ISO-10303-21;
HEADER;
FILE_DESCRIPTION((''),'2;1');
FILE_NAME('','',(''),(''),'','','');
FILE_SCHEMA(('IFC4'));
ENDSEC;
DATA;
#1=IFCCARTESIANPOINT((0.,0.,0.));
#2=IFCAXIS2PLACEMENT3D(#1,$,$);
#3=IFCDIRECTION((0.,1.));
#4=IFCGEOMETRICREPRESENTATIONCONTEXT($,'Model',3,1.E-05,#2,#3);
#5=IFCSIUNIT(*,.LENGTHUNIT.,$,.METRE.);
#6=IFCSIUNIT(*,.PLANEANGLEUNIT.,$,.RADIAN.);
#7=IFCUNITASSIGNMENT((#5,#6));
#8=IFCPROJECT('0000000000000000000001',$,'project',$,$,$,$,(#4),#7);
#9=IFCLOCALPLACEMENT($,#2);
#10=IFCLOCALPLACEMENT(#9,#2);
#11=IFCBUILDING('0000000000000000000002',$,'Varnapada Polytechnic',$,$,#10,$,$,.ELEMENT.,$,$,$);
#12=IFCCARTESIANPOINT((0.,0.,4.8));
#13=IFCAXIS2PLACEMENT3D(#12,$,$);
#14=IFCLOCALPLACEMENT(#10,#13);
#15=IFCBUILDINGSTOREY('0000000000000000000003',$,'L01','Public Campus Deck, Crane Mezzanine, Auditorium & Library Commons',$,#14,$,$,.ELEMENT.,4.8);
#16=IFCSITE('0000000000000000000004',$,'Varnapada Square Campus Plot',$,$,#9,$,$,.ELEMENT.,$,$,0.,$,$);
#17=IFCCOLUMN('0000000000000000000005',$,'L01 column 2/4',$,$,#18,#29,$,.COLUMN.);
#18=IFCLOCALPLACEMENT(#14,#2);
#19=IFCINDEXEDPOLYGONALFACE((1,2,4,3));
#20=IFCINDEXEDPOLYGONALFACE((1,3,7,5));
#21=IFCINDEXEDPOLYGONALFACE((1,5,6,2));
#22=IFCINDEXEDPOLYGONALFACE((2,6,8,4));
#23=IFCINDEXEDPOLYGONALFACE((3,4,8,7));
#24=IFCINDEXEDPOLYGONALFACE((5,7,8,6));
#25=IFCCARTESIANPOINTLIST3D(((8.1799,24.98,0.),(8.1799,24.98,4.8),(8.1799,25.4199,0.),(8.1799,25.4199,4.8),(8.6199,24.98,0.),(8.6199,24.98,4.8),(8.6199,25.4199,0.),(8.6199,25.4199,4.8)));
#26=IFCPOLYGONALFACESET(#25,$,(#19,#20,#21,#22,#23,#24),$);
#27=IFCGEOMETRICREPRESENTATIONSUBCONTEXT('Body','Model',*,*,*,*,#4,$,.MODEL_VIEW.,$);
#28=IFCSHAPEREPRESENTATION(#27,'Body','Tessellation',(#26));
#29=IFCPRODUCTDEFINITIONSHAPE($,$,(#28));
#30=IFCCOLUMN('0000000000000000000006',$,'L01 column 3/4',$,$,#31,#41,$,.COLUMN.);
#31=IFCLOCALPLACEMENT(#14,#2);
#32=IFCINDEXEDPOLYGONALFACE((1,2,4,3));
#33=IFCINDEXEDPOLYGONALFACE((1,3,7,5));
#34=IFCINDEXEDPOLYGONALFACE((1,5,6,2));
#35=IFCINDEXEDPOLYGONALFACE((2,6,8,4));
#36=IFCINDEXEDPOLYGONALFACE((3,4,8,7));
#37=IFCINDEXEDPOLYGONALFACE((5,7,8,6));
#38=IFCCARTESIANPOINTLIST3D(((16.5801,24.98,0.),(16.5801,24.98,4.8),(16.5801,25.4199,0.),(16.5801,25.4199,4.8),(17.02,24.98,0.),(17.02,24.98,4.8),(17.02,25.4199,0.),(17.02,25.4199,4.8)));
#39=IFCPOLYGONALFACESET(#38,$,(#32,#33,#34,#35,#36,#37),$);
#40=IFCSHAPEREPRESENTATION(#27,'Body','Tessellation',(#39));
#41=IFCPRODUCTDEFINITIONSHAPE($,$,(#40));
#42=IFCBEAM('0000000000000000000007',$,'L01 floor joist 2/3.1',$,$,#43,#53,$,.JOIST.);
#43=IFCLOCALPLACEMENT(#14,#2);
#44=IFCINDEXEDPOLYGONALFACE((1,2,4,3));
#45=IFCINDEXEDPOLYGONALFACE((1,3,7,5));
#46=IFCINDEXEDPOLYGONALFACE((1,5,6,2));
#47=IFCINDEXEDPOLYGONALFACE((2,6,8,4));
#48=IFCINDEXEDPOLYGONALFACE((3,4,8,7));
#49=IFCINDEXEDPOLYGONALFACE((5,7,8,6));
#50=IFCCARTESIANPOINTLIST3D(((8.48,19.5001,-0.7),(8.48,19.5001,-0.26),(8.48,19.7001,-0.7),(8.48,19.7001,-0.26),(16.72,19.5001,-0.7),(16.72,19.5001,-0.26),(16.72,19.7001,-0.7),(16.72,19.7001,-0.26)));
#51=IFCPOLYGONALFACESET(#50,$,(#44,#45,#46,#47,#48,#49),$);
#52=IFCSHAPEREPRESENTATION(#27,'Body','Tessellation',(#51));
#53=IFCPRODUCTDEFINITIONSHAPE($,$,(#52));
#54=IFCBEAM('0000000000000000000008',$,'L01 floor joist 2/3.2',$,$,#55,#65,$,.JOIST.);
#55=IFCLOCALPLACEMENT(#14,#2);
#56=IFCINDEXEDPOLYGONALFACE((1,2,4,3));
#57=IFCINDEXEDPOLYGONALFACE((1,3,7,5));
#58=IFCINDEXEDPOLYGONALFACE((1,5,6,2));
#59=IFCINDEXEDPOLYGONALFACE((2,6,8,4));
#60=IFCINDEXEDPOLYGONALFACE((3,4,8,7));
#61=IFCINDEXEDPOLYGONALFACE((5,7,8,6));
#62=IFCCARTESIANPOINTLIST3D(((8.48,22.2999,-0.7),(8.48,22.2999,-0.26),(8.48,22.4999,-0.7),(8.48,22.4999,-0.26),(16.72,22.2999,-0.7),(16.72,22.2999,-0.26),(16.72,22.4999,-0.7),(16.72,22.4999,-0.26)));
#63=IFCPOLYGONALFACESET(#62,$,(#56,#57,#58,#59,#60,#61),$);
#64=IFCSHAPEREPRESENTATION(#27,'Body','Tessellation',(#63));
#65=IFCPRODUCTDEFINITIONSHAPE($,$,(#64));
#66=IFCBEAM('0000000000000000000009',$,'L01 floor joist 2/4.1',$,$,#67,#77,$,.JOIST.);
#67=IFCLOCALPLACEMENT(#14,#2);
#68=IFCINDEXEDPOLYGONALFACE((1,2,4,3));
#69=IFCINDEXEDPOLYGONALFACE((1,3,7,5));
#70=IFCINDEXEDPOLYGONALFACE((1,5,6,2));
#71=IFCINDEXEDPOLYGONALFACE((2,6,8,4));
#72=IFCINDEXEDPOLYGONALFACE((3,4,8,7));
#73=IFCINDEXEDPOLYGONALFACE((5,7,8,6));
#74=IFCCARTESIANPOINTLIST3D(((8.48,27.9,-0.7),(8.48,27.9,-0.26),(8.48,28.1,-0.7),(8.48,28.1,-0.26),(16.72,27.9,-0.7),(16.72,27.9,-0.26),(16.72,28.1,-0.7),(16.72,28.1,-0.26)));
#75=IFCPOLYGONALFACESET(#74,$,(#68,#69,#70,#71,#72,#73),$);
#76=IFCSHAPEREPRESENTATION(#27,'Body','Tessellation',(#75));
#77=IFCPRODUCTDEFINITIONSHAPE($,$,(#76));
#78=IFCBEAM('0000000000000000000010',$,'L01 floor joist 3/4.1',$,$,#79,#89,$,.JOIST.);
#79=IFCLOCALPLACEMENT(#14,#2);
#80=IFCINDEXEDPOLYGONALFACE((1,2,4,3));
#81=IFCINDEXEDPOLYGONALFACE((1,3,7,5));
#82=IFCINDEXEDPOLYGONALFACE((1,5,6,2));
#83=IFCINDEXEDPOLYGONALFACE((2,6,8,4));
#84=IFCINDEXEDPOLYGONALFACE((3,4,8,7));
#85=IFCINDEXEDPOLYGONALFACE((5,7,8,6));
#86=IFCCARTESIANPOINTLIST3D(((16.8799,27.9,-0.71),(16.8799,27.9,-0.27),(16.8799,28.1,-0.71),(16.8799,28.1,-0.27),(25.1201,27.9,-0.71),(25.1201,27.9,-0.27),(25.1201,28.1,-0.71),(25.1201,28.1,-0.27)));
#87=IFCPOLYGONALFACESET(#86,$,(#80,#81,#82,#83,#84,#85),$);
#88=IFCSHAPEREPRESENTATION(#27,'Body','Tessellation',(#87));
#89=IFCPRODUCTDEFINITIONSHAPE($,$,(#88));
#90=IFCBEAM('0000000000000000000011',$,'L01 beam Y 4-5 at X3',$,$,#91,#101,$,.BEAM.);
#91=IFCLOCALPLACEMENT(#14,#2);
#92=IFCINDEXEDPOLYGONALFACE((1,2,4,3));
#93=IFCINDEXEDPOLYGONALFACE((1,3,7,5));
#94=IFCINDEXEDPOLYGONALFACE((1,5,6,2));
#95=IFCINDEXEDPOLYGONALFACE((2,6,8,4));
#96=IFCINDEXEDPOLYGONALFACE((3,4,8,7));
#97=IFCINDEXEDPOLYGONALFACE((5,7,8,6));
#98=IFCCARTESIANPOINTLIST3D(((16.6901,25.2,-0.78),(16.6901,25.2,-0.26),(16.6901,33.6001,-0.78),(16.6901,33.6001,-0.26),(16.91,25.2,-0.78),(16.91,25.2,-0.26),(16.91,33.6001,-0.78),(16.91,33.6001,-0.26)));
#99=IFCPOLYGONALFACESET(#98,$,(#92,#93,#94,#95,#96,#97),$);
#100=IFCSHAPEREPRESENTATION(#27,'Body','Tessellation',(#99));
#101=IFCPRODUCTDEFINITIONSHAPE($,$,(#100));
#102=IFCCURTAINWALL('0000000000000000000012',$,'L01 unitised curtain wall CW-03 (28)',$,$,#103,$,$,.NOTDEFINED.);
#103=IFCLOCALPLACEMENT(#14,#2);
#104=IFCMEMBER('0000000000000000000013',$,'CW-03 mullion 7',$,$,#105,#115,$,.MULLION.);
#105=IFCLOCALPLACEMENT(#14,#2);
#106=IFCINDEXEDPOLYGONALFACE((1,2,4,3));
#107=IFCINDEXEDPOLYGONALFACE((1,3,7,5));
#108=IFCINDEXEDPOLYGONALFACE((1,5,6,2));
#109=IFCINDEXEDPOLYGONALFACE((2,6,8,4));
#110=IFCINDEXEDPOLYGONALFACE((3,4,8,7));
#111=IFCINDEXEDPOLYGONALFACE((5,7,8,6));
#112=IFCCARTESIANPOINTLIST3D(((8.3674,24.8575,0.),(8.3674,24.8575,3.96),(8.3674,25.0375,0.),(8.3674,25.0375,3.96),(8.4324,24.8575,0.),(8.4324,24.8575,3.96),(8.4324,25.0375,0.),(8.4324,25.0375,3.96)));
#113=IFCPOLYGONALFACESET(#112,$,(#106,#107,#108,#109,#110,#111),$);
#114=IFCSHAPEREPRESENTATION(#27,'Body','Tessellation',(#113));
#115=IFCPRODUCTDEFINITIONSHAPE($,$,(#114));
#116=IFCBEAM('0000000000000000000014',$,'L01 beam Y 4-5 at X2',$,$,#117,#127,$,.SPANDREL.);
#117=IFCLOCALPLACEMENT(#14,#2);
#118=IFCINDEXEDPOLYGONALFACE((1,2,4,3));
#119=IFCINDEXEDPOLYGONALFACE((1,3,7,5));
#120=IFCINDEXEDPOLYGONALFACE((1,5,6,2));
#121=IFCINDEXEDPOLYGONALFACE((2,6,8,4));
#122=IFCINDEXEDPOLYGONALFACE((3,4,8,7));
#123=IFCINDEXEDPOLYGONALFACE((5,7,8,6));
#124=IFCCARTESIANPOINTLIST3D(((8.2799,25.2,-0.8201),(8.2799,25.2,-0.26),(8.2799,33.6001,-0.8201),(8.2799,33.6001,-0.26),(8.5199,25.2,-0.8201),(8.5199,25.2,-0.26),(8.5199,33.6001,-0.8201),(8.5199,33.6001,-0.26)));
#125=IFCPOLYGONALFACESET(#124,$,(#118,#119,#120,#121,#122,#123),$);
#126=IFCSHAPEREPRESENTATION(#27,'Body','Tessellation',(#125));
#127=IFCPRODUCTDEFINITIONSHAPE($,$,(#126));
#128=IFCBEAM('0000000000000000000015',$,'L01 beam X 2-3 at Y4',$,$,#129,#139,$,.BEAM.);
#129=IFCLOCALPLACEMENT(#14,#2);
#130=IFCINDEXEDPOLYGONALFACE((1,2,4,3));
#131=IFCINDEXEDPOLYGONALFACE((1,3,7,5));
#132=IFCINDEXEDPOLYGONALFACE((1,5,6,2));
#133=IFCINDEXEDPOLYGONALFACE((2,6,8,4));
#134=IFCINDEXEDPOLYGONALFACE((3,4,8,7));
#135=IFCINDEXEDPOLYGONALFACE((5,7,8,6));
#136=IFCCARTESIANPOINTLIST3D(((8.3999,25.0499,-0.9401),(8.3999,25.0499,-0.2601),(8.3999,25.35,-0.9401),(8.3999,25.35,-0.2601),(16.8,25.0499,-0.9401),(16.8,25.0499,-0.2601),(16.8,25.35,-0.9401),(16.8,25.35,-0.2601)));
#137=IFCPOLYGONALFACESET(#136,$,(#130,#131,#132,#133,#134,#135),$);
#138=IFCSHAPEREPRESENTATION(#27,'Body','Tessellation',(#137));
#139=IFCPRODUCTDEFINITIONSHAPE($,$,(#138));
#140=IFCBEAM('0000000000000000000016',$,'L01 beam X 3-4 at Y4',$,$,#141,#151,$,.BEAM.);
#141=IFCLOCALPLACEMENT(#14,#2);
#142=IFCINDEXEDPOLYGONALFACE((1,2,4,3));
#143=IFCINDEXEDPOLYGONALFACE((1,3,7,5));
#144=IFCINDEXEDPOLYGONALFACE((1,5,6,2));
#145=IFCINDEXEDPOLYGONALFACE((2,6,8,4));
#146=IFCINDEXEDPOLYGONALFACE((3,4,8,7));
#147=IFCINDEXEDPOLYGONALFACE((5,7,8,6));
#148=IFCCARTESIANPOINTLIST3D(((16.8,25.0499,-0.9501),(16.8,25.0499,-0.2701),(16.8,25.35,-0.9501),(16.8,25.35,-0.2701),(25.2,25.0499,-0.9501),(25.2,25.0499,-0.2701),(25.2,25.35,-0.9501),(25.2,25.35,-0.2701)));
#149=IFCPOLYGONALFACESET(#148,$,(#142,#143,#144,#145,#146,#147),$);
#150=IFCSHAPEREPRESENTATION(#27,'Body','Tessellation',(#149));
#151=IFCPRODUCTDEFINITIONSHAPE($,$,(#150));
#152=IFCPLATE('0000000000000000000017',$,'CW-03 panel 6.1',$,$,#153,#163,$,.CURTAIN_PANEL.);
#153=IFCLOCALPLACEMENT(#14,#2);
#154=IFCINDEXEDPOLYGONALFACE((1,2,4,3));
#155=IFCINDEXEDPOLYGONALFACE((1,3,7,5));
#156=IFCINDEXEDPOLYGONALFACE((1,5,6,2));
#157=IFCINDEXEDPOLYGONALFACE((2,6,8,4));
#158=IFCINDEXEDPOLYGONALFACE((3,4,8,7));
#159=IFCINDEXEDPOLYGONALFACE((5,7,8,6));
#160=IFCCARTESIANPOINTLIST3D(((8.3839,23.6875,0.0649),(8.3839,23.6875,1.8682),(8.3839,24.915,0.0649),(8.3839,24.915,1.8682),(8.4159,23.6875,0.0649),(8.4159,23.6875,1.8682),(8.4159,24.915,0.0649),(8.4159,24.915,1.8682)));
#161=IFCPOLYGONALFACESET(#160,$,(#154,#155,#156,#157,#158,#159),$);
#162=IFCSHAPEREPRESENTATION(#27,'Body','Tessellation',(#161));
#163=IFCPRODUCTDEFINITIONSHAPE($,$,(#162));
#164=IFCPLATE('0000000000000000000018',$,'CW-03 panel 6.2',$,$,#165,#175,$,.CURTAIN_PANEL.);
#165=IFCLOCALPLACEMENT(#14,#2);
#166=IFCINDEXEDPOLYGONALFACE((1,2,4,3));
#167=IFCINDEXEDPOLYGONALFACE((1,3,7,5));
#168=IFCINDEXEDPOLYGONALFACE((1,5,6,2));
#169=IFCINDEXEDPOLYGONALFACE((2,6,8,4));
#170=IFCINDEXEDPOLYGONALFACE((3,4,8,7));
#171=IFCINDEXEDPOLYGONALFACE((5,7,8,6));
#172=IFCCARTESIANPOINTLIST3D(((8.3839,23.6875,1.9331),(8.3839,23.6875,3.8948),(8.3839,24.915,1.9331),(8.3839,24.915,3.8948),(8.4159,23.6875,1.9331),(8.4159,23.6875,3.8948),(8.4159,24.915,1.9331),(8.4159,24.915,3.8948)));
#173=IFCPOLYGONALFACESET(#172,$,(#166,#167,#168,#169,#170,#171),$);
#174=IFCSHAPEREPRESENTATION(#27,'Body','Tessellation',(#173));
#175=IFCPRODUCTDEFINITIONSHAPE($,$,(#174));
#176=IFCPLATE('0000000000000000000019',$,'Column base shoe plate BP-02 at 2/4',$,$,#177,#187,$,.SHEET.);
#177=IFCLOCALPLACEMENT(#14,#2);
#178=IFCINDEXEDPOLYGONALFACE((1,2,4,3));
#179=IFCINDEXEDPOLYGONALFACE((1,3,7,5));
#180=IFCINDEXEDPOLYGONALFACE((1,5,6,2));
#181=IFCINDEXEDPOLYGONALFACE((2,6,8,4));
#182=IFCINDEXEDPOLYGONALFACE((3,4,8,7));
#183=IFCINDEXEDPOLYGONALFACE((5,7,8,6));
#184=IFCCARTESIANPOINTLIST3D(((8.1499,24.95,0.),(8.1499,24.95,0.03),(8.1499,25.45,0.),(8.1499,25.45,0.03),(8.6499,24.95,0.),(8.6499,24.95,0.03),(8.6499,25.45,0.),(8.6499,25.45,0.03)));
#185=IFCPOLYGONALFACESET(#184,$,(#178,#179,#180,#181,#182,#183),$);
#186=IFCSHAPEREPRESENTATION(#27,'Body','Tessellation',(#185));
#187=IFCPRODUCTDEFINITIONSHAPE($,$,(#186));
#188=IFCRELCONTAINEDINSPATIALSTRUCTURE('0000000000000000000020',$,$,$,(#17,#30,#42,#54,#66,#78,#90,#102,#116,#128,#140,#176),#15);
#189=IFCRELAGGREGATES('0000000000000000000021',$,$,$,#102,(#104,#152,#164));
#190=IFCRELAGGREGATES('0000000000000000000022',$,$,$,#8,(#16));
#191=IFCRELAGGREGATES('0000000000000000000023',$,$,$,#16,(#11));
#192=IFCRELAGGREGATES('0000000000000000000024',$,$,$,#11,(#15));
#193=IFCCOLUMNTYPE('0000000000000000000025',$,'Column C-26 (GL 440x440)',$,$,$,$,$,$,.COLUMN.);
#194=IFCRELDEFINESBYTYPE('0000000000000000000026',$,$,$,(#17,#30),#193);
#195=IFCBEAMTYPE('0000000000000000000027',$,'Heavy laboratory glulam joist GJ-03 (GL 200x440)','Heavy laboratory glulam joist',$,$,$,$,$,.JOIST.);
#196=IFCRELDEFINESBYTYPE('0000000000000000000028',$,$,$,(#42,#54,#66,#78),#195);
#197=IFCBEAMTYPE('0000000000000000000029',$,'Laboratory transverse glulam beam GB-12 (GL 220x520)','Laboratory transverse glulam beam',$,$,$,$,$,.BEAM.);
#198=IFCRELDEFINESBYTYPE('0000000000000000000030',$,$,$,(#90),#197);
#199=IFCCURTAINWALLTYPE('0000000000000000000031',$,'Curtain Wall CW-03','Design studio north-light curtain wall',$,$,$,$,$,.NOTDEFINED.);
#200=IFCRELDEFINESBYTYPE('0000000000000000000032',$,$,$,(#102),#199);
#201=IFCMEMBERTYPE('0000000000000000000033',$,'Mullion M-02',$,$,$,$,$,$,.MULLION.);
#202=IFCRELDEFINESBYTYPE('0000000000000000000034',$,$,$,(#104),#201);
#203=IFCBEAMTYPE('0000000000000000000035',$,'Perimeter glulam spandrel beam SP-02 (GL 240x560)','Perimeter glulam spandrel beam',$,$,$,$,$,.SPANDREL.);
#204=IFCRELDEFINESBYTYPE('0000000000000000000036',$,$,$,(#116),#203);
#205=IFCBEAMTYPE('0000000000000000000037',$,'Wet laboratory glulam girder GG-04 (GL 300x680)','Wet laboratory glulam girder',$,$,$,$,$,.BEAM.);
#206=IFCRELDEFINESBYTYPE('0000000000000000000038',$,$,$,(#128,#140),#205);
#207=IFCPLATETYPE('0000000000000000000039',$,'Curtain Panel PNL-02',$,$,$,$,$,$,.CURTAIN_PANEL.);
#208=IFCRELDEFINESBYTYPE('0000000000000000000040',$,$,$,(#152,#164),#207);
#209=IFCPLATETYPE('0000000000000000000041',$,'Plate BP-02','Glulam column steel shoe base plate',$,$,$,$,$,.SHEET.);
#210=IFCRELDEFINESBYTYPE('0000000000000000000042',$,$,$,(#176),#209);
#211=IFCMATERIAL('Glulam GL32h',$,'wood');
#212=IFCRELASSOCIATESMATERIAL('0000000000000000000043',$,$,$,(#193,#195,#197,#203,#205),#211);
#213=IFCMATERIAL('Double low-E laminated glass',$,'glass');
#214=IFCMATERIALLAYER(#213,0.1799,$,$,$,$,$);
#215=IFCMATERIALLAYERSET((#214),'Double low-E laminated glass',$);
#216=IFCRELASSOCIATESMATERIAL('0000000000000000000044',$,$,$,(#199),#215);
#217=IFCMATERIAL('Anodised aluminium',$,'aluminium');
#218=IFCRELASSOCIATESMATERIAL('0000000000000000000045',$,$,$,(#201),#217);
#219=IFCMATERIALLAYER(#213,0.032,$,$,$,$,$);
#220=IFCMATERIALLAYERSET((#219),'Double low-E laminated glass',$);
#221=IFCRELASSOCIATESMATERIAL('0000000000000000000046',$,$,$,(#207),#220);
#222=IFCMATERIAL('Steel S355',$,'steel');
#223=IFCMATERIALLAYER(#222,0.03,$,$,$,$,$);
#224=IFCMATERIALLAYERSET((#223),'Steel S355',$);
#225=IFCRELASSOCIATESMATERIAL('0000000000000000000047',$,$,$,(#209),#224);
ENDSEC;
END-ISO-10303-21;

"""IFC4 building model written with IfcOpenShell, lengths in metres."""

from ifc_helpers import new_model, si_unit, direction, frame, origin, origin_2d, place, context, subcontext, project, spatial, rectangle, extrude, material, layer, layer_set, material_profile, profile_set, type_object, element, aggregate, save


model = new_model("IFC4")

# Units and contexts
model_context = context("Model", 3, precision=1e-05, world=origin(), true_north=direction((0.0, 1.0)))
body_context = subcontext(model_context, "Body", "Model", "MODEL_VIEW")
ifc_project = project(units=[si_unit("LENGTHUNIT", "METRE"), si_unit("PLANEANGLEUNIT", "RADIAN")], contexts=[model_context])

# Site, building, storey
site_placement = place(None, origin())
site = spatial("IfcSite", under=ifc_project, at=site_placement, Name="Varnapada Square Campus Plot", CompositionType="ELEMENT", RefElevation=0.0)
building_placement = place(site_placement, origin())
building = spatial("IfcBuilding", under=site, at=building_placement, Name="Varnapada Polytechnic", CompositionType="ELEMENT")
storey_placement = place(building_placement, frame((0.0, 0.0, 4.8)))
storey = spatial("IfcBuildingStorey", under=building, at=storey_placement, Name="L01", Description="Public Campus Deck, Crane Mezzanine, Auditorium & Library Commons", CompositionType="ELEMENT", Elevation=4.8)

# Columns
ifc_material_1 = material(Name="Glulam GL32h", Category="wood")
ifc_material_profile_1 = material_profile(ifc_material_1, rectangle(XDim=0.4399, YDim=0.4399, at=origin_2d()), Name="GL 440x440")
ifc_profile_set_1 = profile_set([ifc_material_profile_1], Name="Glulam GL32h")
column_type = type_object("IfcColumnType", Name="Column C-26 (GL 440x440)", PredefinedType="COLUMN", material=ifc_profile_set_1)
for number, where, z_axis, x_axis, name in (
    (1, (8.3999, 25.2, 0.0), (0.0, 0.0, 1.0), (1.0, 0.0, 0.0), "L01 column 2/4"),
    (2, (16.8, 25.2, 0.0), (0.0, 0.0, 1.0), (1.0, 0.0, 0.0), "L01 column 3/4"),
):
    element("IfcColumn", number, at=place(storey_placement, frame(where, z_axis=z_axis, x_axis=x_axis)), inside=storey, type_object=column_type, Name=name, PredefinedType="COLUMN", context=body_context, shape_type="SweptSolid", body=[
        extrude(rectangle(XDim=0.4399, YDim=0.4399, at=origin_2d()), origin(), (0.0, 0.0, 1.0), 4.8),
    ])

# Beams
ifc_material_profile_2 = material_profile(ifc_material_1, rectangle(XDim=0.2, YDim=0.4399, at=origin_2d()), Name="GL 200x440")
ifc_profile_set_2 = profile_set([ifc_material_profile_2], Name="Glulam GL32h")
beam_type_1 = type_object("IfcBeamType", Name="Heavy laboratory glulam joist GJ-03 (GL 200x440)", Description="Heavy laboratory glulam joist", PredefinedType="JOIST", material=ifc_profile_set_2)
for number, where, z_axis, x_axis, name in (
    (3, (8.48, 19.6001, -0.48), (1.0, 0.0, 0.0), (0.0, 1.0, 0.0), "L01 floor joist 2/3.1"),
    (4, (8.48, 22.3999, -0.48), (1.0, 0.0, 0.0), (0.0, 1.0, 0.0), "L01 floor joist 2/3.2"),
    (5, (8.48, 28.0, -0.48), (1.0, 0.0, 0.0), (0.0, 1.0, 0.0), "L01 floor joist 2/4.1"),
):
    element("IfcBeam", number, at=place(storey_placement, frame(where, z_axis=z_axis, x_axis=x_axis)), inside=storey, type_object=beam_type_1, Name=name, PredefinedType="JOIST", context=body_context, shape_type="SweptSolid", body=[
        extrude(rectangle(XDim=0.2, YDim=0.4399, at=origin_2d()), origin(), (0.0, 0.0, 1.0), 8.24),
    ])
beam_1_placement = place(storey_placement, frame((16.8799, 28.0, -0.49), z_axis=(1.0, 0.0, 0.0), x_axis=(0.0, 1.0, 0.0)))
element("IfcBeam", 6, at=beam_1_placement, inside=storey, type_object=beam_type_1, Name="L01 floor joist 3/4.1", PredefinedType="JOIST", context=body_context, shape_type="SweptSolid", body=[
    extrude(rectangle(XDim=0.2, YDim=0.4399, at=origin_2d()), origin(), (0.0, 0.0, 1.0), 8.2402),
])
ifc_material_profile_3 = material_profile(ifc_material_1, rectangle(XDim=0.22, YDim=0.52, at=origin_2d()), Name="GL 220x520")
ifc_profile_set_3 = profile_set([ifc_material_profile_3], Name="Glulam GL32h")
beam_type_2 = type_object("IfcBeamType", Name="Laboratory transverse glulam beam GB-12 (GL 220x520)", Description="Laboratory transverse glulam beam", PredefinedType="BEAM", material=ifc_profile_set_3)
beam_2_placement = place(storey_placement, frame((16.8, 25.2, -0.52), z_axis=(0.0, 1.0, 0.0), x_axis=(-1.0, 0.0, 0.0)))
element("IfcBeam", 7, at=beam_2_placement, inside=storey, type_object=beam_type_2, Name="L01 beam Y 4-5 at X3", PredefinedType="BEAM", context=body_context, shape_type="SweptSolid", body=[
    extrude(rectangle(XDim=0.22, YDim=0.52, at=origin_2d()), origin(), (0.0, 0.0, 1.0), 8.4001),
])

# Curtain wall, member
ifc_material_2 = material(Name="Double low-E laminated glass", Category="glass")
ifc_layer_1 = layer(ifc_material_2, 0.1799)
ifc_layer_set_1 = layer_set([ifc_layer_1], Name="Double low-E laminated glass")
curtain_wall_type = type_object("IfcCurtainWallType", Name="Curtain Wall CW-03", Description="Design studio north-light curtain wall", PredefinedType="NOTDEFINED", material=ifc_layer_set_1)
curtain_wall_placement = place(storey_placement, origin())
curtain_wall = element("IfcCurtainWall", 8, at=curtain_wall_placement, inside=storey, type_object=curtain_wall_type, Name="L01 unitised curtain wall CW-03 (28)", PredefinedType="NOTDEFINED")
ifc_material_3 = material(Name="Anodised aluminium", Category="aluminium")
ifc_material_profile_4 = material_profile(ifc_material_3, rectangle(XDim=0.0649, YDim=0.1799, at=origin_2d()), Name="ALU M65x180")
ifc_profile_set_4 = profile_set([ifc_material_profile_4], Name="Anodised aluminium")
member_type = type_object("IfcMemberType", Name="Mullion M-02", PredefinedType="MULLION", material=ifc_profile_set_4)
member_placement = place(storey_placement, frame((8.3999, 24.9475, 0.0), z_axis=(0.0, 0.0, 1.0), x_axis=(-1.0, 0.0, 0.0)))
member = element("IfcMember", 9, at=member_placement, type_object=member_type, Name="CW-03 mullion 7", PredefinedType="MULLION", context=body_context, shape_type="SweptSolid", body=[
    extrude(rectangle(XDim=0.0649, YDim=0.1799, at=origin_2d()), origin(), (0.0, 0.0, 1.0), 3.96),
])

# Beams
ifc_material_profile_5 = material_profile(ifc_material_1, rectangle(XDim=0.24, YDim=0.5601, at=origin_2d()), Name="GL 240x560")
ifc_profile_set_5 = profile_set([ifc_material_profile_5], Name="Glulam GL32h")
beam_type_3 = type_object("IfcBeamType", Name="Perimeter glulam spandrel beam SP-02 (GL 240x560)", Description="Perimeter glulam spandrel beam", PredefinedType="SPANDREL", material=ifc_profile_set_5)
beam_3_placement = place(storey_placement, frame((8.3999, 25.2, -0.54), z_axis=(0.0, 1.0, 0.0), x_axis=(-1.0, 0.0, 0.0)))
element("IfcBeam", 10, at=beam_3_placement, inside=storey, type_object=beam_type_3, Name="L01 beam Y 4-5 at X2", PredefinedType="SPANDREL", context=body_context, shape_type="SweptSolid", body=[
    extrude(rectangle(XDim=0.24, YDim=0.5601, at=origin_2d()), origin(), (0.0, 0.0, 1.0), 8.4001),
])
ifc_material_profile_6 = material_profile(ifc_material_1, rectangle(XDim=0.3, YDim=0.6799, at=origin_2d()), Name="GL 300x680")
ifc_profile_set_6 = profile_set([ifc_material_profile_6], Name="Glulam GL32h")
beam_type_4 = type_object("IfcBeamType", Name="Wet laboratory glulam girder GG-04 (GL 300x680)", Description="Wet laboratory glulam girder", PredefinedType="BEAM", material=ifc_profile_set_6)
beam_4_placement = place(storey_placement, frame((8.3999, 25.2, -0.6001), z_axis=(1.0, 0.0, 0.0), x_axis=(0.0, 1.0, 0.0)))
element("IfcBeam", 11, at=beam_4_placement, inside=storey, type_object=beam_type_4, Name="L01 beam X 2-3 at Y4", PredefinedType="BEAM", context=body_context, shape_type="SweptSolid", body=[
    extrude(rectangle(XDim=0.3, YDim=0.6799, at=origin_2d()), origin(), (0.0, 0.0, 1.0), 8.4001),
])
beam_5_placement = place(storey_placement, frame((16.8, 25.2, -0.6101), z_axis=(1.0, 0.0, 0.0), x_axis=(0.0, 1.0, 0.0)))
element("IfcBeam", 12, at=beam_5_placement, inside=storey, type_object=beam_type_4, Name="L01 beam X 3-4 at Y4", PredefinedType="BEAM", context=body_context, shape_type="SweptSolid", body=[
    extrude(rectangle(XDim=0.3, YDim=0.6799, at=origin_2d()), origin(), (0.0, 0.0, 1.0), 8.3999),
])

# Plates
ifc_layer_2 = layer(ifc_material_2, 0.032)
ifc_layer_set_2 = layer_set([ifc_layer_2], Name="Double low-E laminated glass")
plate_type_1 = type_object("IfcPlateType", Name="Curtain Panel PNL-02", PredefinedType="CURTAIN_PANEL", material=ifc_layer_set_2)
plate_1_placement = place(storey_placement, frame((8.3999, 24.3013, 0.0649), z_axis=(0.0, 0.0, 1.0), x_axis=(0.0, 1.0, 0.0)))
plate_1 = element("IfcPlate", 13, at=plate_1_placement, type_object=plate_type_1, Name="CW-03 panel 6.1", PredefinedType="CURTAIN_PANEL", context=body_context, shape_type="SweptSolid", body=[
    extrude(rectangle(XDim=1.2275, YDim=0.032, at=origin_2d()), origin(), (0.0, 0.0, 1.0), 1.8032),
])
plate_2_placement = place(storey_placement, frame((8.3999, 24.3013, 1.9331), z_axis=(0.0, 0.0, 1.0), x_axis=(0.0, 1.0, 0.0)))
plate_2 = element("IfcPlate", 14, at=plate_2_placement, type_object=plate_type_1, Name="CW-03 panel 6.2", PredefinedType="CURTAIN_PANEL", context=body_context, shape_type="SweptSolid", body=[
    extrude(rectangle(XDim=1.2275, YDim=0.032, at=origin_2d()), origin(), (0.0, 0.0, 1.0), 1.9617),
])
aggregate(curtain_wall, [member, plate_1, plate_2])

# Plate
ifc_material_4 = material(Name="Steel S355", Category="steel")
ifc_layer_3 = layer(ifc_material_4, 0.03)
ifc_layer_set_3 = layer_set([ifc_layer_3], Name="Steel S355")
plate_type_2 = type_object("IfcPlateType", Name="Plate BP-02", Description="Glulam column steel shoe base plate", PredefinedType="SHEET", material=ifc_layer_set_3)
for number, where, z_axis, x_axis, name in (
    (15, (8.3999, 25.2, 0.0), (0.0, 0.0, 1.0), (1.0, 0.0, 0.0), "Column base shoe plate BP-02 at 2/4"),
):
    element("IfcPlate", number, at=place(storey_placement, frame(where, z_axis=z_axis, x_axis=x_axis)), inside=storey, type_object=plate_type_2, Name=name, PredefinedType="SHEET", context=body_context, shape_type="SweptSolid", body=[
        extrude(rectangle(XDim=0.5, YDim=0.5, at=origin_2d()), origin(), (0.0, 0.0, 1.0), 0.03),
    ])

save(model, "model.ifc")
